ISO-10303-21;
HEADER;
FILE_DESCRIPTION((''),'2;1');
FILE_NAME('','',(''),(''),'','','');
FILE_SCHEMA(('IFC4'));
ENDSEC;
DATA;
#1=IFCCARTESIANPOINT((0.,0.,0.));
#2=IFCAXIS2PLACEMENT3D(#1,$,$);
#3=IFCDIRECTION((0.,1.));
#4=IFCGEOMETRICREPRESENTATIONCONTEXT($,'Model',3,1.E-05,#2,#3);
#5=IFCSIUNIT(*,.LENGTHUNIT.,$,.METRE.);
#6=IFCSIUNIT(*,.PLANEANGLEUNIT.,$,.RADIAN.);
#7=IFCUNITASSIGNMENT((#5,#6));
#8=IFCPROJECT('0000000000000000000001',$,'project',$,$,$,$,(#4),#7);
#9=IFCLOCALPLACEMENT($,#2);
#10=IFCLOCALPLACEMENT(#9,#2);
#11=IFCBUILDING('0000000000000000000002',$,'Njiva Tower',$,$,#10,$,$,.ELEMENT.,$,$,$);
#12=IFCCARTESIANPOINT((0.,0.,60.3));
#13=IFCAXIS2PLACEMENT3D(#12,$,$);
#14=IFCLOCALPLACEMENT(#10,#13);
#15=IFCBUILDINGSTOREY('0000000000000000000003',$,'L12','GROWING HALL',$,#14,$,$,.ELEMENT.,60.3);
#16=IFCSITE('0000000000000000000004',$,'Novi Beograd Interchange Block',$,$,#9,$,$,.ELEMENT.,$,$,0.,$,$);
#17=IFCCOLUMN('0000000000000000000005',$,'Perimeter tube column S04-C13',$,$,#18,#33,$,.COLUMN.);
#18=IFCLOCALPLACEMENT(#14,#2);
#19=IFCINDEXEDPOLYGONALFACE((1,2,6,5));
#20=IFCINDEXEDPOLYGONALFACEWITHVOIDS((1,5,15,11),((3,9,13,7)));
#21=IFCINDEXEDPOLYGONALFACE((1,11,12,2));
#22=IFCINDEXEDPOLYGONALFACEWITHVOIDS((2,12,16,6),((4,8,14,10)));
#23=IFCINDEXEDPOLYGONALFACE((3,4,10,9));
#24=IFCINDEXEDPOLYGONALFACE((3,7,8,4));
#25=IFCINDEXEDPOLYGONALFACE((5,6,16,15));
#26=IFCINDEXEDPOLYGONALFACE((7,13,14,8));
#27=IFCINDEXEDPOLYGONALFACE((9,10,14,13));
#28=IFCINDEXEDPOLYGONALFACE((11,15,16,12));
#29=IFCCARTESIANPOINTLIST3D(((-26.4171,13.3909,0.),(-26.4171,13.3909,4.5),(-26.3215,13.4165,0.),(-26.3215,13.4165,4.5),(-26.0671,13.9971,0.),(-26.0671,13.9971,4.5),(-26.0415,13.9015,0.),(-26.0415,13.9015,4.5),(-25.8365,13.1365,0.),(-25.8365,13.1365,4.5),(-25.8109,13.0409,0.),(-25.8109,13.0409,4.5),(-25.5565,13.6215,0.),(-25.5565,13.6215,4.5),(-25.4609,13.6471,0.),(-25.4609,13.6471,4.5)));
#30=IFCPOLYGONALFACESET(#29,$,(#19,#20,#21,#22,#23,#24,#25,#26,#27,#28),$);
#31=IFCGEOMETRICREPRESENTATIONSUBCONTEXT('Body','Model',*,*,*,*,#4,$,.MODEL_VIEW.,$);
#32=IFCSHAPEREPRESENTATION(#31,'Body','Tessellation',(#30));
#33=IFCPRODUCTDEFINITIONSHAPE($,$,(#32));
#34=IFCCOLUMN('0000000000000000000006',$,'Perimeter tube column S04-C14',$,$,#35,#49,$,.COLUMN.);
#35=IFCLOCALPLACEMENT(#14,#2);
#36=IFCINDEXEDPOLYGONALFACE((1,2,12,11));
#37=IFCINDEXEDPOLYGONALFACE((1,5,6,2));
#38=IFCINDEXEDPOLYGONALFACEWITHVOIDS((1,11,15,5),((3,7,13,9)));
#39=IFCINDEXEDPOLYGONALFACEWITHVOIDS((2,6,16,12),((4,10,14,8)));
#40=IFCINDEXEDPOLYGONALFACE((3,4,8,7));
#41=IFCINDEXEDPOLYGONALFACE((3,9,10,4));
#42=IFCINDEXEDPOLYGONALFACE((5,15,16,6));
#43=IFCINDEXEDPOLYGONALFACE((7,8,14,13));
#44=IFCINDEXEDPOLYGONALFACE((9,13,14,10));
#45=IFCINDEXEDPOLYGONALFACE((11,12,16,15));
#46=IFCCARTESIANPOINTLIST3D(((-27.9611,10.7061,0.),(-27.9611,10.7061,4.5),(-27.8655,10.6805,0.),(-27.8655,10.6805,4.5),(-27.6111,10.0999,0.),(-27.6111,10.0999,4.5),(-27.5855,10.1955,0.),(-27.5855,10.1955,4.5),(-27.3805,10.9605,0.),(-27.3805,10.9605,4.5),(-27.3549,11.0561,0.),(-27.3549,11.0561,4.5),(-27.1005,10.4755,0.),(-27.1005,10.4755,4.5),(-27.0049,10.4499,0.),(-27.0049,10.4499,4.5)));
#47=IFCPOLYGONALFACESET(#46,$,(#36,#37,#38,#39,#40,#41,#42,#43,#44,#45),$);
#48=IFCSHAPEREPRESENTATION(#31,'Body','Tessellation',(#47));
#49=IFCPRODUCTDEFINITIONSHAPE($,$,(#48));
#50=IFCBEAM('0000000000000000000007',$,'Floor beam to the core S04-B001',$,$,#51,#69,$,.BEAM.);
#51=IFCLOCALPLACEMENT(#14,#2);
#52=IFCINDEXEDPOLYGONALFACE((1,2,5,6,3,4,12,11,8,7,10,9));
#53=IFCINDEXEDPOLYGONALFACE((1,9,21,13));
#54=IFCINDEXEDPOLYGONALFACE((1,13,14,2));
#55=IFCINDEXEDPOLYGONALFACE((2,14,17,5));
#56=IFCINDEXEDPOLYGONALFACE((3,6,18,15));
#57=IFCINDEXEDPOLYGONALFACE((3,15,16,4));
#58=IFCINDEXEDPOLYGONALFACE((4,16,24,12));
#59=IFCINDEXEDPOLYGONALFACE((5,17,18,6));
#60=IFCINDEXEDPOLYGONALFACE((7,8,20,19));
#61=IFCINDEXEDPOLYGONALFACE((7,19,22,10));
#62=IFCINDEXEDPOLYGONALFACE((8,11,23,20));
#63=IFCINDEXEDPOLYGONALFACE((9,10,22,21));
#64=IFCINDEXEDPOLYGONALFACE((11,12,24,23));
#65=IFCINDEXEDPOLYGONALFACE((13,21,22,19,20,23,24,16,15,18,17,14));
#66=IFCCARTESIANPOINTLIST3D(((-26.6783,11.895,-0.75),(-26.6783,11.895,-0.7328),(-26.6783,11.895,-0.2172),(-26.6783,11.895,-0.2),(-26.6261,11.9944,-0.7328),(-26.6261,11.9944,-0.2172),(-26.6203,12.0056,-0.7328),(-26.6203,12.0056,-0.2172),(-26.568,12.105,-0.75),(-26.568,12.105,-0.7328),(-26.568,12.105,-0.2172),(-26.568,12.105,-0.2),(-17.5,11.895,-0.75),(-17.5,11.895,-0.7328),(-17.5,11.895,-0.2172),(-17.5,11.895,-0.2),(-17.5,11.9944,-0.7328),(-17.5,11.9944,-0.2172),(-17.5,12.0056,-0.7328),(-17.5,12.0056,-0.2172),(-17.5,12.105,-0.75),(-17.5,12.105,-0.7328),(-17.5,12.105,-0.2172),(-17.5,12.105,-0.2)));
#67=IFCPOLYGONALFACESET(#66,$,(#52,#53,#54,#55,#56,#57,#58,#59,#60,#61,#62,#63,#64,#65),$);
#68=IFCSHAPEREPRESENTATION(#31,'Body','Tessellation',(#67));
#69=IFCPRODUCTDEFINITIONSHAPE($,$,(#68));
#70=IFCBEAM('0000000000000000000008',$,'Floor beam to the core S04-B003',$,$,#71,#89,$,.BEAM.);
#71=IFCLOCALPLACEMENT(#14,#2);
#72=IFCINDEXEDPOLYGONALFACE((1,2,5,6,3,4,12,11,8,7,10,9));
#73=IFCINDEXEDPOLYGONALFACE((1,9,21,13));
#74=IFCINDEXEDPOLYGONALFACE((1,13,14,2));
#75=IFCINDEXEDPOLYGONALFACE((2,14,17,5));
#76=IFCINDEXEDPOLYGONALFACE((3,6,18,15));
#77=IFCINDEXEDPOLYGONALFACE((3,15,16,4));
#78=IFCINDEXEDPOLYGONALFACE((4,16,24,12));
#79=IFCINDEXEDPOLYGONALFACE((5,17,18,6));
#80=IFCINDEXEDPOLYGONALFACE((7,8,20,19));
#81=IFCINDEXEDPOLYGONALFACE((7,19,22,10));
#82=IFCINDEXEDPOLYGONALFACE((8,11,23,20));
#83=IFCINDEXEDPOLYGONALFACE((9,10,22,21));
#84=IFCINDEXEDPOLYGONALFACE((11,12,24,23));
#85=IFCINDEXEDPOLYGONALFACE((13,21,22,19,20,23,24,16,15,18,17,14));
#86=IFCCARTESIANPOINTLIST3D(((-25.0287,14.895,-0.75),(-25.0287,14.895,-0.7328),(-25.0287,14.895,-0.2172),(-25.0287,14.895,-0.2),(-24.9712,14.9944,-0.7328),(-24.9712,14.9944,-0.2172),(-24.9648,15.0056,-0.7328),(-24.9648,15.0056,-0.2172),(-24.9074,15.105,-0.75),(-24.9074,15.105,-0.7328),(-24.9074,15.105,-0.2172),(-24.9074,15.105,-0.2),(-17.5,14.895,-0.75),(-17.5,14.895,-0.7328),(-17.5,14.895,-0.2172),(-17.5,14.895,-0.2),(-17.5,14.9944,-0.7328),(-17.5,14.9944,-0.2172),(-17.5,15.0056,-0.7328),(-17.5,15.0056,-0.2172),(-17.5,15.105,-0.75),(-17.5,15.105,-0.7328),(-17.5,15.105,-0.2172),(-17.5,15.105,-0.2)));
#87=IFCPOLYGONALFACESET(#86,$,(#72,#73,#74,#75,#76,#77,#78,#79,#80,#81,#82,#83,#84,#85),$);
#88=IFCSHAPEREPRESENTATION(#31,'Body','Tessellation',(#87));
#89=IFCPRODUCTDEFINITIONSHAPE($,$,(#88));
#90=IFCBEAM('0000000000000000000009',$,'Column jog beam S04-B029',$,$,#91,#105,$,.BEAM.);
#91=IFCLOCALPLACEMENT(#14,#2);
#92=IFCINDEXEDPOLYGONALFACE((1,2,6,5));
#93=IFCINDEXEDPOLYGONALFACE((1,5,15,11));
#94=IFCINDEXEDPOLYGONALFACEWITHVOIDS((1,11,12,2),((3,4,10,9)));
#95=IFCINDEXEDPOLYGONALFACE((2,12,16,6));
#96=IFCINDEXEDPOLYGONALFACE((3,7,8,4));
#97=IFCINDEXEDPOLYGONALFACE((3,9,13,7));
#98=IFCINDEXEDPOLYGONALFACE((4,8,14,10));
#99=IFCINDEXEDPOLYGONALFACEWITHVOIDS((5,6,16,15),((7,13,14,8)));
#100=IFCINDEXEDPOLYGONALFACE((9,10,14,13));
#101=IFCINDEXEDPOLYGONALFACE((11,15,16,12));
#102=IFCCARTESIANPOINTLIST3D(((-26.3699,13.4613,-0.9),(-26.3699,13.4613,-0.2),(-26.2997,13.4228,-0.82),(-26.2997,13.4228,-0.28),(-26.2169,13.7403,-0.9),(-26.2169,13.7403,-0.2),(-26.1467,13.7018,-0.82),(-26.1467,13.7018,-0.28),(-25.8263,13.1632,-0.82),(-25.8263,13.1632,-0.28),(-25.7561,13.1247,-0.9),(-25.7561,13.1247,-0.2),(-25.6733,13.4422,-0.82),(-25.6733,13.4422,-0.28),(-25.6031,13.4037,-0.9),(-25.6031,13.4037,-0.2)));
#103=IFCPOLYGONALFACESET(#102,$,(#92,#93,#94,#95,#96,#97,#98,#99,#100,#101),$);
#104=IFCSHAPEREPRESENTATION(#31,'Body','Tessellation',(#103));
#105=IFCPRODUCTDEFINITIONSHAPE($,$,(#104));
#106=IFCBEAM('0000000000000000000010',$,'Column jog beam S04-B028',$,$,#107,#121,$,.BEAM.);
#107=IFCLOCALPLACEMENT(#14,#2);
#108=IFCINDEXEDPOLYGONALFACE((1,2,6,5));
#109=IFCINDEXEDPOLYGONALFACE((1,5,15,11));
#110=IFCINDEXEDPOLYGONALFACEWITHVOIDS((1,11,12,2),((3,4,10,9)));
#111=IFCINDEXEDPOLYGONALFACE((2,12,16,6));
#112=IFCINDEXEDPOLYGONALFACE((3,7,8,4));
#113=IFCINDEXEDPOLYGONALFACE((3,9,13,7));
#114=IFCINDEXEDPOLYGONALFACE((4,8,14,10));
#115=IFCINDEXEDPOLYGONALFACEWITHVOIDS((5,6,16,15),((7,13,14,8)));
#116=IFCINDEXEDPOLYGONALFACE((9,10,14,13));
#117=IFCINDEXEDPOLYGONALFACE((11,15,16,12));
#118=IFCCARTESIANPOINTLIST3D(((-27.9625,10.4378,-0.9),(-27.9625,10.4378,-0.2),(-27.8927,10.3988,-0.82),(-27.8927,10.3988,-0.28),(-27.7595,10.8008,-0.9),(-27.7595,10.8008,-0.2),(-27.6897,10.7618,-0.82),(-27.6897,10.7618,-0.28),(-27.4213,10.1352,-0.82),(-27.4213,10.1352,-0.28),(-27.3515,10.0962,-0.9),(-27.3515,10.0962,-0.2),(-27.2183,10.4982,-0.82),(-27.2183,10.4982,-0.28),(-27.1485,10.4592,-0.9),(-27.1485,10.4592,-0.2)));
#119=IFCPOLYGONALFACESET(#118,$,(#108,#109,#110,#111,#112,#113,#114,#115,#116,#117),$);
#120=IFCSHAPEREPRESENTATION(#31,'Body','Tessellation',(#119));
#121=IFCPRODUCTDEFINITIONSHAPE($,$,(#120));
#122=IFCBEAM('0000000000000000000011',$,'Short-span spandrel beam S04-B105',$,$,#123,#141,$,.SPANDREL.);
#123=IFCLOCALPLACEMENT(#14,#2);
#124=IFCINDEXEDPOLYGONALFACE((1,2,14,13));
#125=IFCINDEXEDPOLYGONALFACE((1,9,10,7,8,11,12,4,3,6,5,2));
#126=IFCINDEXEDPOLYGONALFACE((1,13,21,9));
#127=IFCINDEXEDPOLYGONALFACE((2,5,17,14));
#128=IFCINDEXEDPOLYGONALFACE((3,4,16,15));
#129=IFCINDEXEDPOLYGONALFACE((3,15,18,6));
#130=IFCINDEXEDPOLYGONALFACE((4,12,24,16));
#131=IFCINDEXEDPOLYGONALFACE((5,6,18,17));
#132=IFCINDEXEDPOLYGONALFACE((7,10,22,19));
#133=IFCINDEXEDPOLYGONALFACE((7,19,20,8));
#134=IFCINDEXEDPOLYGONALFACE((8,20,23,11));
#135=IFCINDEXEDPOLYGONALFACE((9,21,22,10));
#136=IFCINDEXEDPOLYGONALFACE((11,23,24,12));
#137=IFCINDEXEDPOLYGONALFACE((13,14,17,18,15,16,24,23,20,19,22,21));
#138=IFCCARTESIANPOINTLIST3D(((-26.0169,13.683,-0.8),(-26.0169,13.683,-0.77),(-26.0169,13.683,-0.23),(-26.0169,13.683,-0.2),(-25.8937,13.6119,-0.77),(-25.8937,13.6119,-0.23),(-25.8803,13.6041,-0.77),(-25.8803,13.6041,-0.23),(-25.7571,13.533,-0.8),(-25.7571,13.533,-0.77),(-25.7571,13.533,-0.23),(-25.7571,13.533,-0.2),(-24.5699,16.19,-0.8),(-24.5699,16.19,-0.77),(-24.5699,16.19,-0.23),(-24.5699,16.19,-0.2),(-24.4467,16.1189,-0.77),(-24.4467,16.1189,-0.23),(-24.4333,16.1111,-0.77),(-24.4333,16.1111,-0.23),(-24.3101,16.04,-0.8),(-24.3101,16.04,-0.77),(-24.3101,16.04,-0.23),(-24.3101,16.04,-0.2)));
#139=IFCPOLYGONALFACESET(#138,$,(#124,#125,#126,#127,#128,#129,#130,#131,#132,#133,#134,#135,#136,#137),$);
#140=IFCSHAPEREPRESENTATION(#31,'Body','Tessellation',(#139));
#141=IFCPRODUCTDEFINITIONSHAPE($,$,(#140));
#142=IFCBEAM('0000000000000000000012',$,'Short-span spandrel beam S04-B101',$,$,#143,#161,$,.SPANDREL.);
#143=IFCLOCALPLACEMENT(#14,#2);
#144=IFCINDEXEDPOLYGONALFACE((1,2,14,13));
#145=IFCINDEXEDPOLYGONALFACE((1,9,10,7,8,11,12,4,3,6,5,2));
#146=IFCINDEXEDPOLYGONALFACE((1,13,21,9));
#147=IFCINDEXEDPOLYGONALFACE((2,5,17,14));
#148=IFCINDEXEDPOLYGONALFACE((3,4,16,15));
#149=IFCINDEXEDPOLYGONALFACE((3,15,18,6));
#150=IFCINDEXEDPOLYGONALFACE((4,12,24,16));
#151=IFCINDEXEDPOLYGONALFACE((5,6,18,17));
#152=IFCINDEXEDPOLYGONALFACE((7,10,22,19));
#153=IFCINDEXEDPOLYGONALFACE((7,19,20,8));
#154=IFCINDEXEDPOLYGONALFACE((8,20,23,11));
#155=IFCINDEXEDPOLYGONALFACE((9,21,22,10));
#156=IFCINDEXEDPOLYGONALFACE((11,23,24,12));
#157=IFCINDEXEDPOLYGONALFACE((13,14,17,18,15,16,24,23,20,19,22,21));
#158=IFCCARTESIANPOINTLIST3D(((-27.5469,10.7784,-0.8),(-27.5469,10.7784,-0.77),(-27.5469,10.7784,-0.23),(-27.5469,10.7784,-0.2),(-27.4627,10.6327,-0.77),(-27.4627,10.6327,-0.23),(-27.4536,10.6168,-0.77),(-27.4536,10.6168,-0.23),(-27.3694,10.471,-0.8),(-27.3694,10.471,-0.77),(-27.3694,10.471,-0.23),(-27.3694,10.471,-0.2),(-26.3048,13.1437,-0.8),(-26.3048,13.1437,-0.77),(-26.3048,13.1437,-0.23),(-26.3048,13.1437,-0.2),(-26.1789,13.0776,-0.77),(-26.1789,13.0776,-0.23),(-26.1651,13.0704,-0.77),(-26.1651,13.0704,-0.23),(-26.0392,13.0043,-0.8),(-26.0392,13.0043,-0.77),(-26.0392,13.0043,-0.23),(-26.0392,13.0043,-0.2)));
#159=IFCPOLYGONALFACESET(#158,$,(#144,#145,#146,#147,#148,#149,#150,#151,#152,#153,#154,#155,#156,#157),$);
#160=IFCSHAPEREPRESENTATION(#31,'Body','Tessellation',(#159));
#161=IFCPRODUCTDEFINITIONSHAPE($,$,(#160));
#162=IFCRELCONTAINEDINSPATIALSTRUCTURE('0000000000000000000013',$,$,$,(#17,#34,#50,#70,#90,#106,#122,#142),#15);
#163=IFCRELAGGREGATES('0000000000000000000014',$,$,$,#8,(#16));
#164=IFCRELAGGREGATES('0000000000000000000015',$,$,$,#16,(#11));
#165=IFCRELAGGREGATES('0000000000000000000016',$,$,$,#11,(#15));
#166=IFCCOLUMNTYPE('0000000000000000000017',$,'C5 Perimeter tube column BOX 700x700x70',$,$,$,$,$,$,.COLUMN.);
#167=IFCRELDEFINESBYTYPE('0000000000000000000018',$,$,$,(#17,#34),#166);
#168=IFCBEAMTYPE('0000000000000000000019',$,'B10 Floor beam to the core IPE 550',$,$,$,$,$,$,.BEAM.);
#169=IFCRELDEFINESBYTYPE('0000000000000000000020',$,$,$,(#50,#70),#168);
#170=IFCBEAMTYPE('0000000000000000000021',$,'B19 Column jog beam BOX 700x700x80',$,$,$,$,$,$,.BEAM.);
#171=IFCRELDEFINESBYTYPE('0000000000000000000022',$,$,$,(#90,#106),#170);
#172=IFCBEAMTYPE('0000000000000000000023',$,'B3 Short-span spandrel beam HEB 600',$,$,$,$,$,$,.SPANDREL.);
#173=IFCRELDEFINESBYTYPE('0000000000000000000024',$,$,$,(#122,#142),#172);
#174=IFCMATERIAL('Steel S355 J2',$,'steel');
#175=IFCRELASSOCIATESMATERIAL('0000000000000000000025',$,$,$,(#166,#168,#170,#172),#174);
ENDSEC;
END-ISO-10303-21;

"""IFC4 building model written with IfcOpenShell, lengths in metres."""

from ifc_helpers import new_model, si_unit, direction, frame, origin, origin_2d, place, context, subcontext, project, spatial, hollow_rectangle, i_section, extrude, clip, halfspace, material, material_profile, profile_set, type_object, element, save


model = new_model("IFC4")

# Units and contexts
model_context = context("Model", 3, precision=1e-05, world=origin(), true_north=direction((0.0, 1.0)))
body_context = subcontext(model_context, "Body", "Model", "MODEL_VIEW")
ifc_project = project(units=[si_unit("LENGTHUNIT", "METRE"), si_unit("PLANEANGLEUNIT", "RADIAN")], contexts=[model_context])

# Site, building, storey
site_placement = place(None, origin())
site = spatial("IfcSite", under=ifc_project, at=site_placement, Name="Novi Beograd Interchange Block", CompositionType="ELEMENT", RefElevation=0.0)
building_placement = place(site_placement, origin())
building = spatial("IfcBuilding", under=site, at=building_placement, Name="Njiva Tower", CompositionType="ELEMENT")
storey_placement = place(building_placement, frame((0.0, 0.0, 60.3)))
storey = spatial("IfcBuildingStorey", under=building, at=storey_placement, Name="L12", Description="GROWING HALL", CompositionType="ELEMENT", Elevation=60.3)

# Columns
ifc_material_1 = material(Name="Steel S355 J2", Category="steel")
ifc_material_profile_1 = material_profile(ifc_material_1, hollow_rectangle(XDim=0.7, YDim=0.7, WallThickness=0.07, at=origin_2d()), Name="BOX 700x700x70")
ifc_profile_set_1 = profile_set([ifc_material_profile_1], Name="Steel S355 J2")
column_type = type_object("IfcColumnType", Name="C5 Perimeter tube column BOX 700x700x70", PredefinedType="COLUMN", material=ifc_profile_set_1)
for number, where, z_axis, x_axis, name in (
    (1, (-25.939, 13.519, 0.0), (0.0, 0.0, 1.0), (-0.5, -0.866025, 0.0), "Perimeter tube column S04-C13"),
    (2, (-27.483, 10.578, 0.0), (0.0, 0.0, 1.0), (0.5, -0.866025, 0.0), "Perimeter tube column S04-C14"),
):
    element("IfcColumn", number, at=place(storey_placement, frame(where, z_axis=z_axis, x_axis=x_axis)), inside=storey, type_object=column_type, Name=name, PredefinedType="COLUMN", context=body_context, shape_type="SweptSolid", body=[
        extrude(hollow_rectangle(XDim=0.7, YDim=0.7, WallThickness=0.07, at=origin_2d()), origin(), (0.0, 0.0, 1.0), 4.5),
    ])

# Beams
ifc_material_profile_2 = material_profile(ifc_material_1, i_section(OverallWidth=0.21, OverallDepth=0.55, WebThickness=0.0111, FlangeThickness=0.0172, at=origin_2d()), Name="IPE 550")
ifc_profile_set_2 = profile_set([ifc_material_profile_2], Name="Steel S355 J2")
beam_type_1 = type_object("IfcBeamType", Name="B10 Floor beam to the core IPE 550", PredefinedType="BEAM", material=ifc_profile_set_2)
beam_1_placement = place(storey_placement, frame((-26.698, 12.0, -0.475), z_axis=(1.0, 0.0, 0.0), x_axis=(0.0, 1.0, 0.0)))
element("IfcBeam", 3, at=beam_1_placement, inside=storey, type_object=beam_type_1, Name="Floor beam to the core S04-B001", PredefinedType="BEAM", context=body_context, shape_type="Clipping", body=[
    clip(extrude(i_section(OverallWidth=0.21, OverallDepth=0.55, WebThickness=0.0111, FlangeThickness=0.0172, at=origin_2d()), origin(), (0.0, 0.0, 1.0), 9.198), halfspace(frame((0.0232, 0.0, 0.087), z_axis=(0.464889, 0.0, -0.885369), x_axis=(0.0, -1.0, 0.0)), False)),
])
beam_2_placement = place(storey_placement, frame((-25.049, 15.0, -0.475), z_axis=(1.0, 0.0, 0.0), x_axis=(0.0, 1.0, 0.0)))
element("IfcBeam", 4, at=beam_2_placement, inside=storey, type_object=beam_type_1, Name="Floor beam to the core S04-B003", PredefinedType="BEAM", context=body_context, shape_type="Clipping", body=[
    clip(extrude(i_section(OverallWidth=0.21, OverallDepth=0.55, WebThickness=0.0111, FlangeThickness=0.0172, at=origin_2d()), origin(), (0.0, 0.0, 1.0), 7.549), halfspace(frame((0.025, 0.0, 0.0954), z_axis=(0.499998, 0.0, -0.866027), x_axis=(0.0, -1.0, 0.0)), False)),
])
ifc_material_profile_3 = material_profile(ifc_material_1, hollow_rectangle(XDim=0.7, YDim=0.7, WallThickness=0.08, at=origin_2d()), Name="BOX 700x700x80")
ifc_profile_set_3 = profile_set([ifc_material_profile_3], Name="Steel S355 J2")
beam_type_2 = type_object("IfcBeamType", Name="B19 Column jog beam BOX 700x700x80", PredefinedType="BEAM", material=ifc_profile_set_3)
beam_3_placement = place(storey_placement, frame((-26.063, 13.293, -0.55), z_axis=(0.480833, 0.876812, 0.0), x_axis=(-0.876812, 0.480833, 0.0)))
element("IfcBeam", 5, at=beam_3_placement, inside=storey, type_object=beam_type_2, Name="Column jog beam S04-B029", PredefinedType="BEAM", context=body_context, shape_type="SweptSolid", body=[
    extrude(hollow_rectangle(XDim=0.7, YDim=0.7, WallThickness=0.08, at=origin_2d()), origin(), (0.0, 0.0, 1.0), 0.3182),
])
beam_4_placement = place(storey_placement, frame((-27.657, 10.267, -0.55), z_axis=(0.488091, 0.872793, 0.0), x_axis=(-0.872793, 0.488091, 0.0)))
element("IfcBeam", 6, at=beam_4_placement, inside=storey, type_object=beam_type_2, Name="Column jog beam S04-B028", PredefinedType="BEAM", context=body_context, shape_type="SweptSolid", body=[
    extrude(hollow_rectangle(XDim=0.7, YDim=0.7, WallThickness=0.08, at=origin_2d()), origin(), (0.0, 0.0, 1.0), 0.4159),
])
ifc_material_profile_4 = material_profile(ifc_material_1, i_section(OverallWidth=0.3, OverallDepth=0.6, WebThickness=0.0155, FlangeThickness=0.03, at=origin_2d()), Name="HEB 600")
ifc_profile_set_4 = profile_set([ifc_material_profile_4], Name="Steel S355 J2")
beam_type_3 = type_object("IfcBeamType", Name="B3 Short-span spandrel beam HEB 600", PredefinedType="SPANDREL", material=ifc_profile_set_4)
beam_5_placement = place(storey_placement, frame((-24.44, 16.115, -0.5), z_axis=(-0.499892, -0.866088, 0.0), x_axis=(0.866088, -0.499892, 0.0)))
element("IfcBeam", 7, at=beam_5_placement, inside=storey, type_object=beam_type_3, Name="Short-span spandrel beam S04-B105", PredefinedType="SPANDREL", context=body_context, shape_type="SweptSolid", body=[
    extrude(i_section(OverallWidth=0.3, OverallDepth=0.6, WebThickness=0.0155, FlangeThickness=0.03, at=origin_2d()), origin(), (0.0, 0.0, 1.0), 2.8946),
])
beam_6_placement = place(storey_placement, frame((-26.172, 13.074, -0.5), z_axis=(-0.464912, -0.885357, 0.0), x_axis=(0.885357, -0.464912, 0.0)))
element("IfcBeam", 8, at=beam_6_placement, inside=storey, type_object=beam_type_3, Name="Short-span spandrel beam S04-B101", PredefinedType="SPANDREL", context=body_context, shape_type="Clipping", body=[
    clip(extrude(i_section(OverallWidth=0.3, OverallDepth=0.6, WebThickness=0.0155, FlangeThickness=0.03, at=origin_2d()), origin(), (0.0, 0.0, 1.0), 2.8811), halfspace(frame((-0.0268, 0.0, 2.7495), z_axis=(-0.534288, 0.0, 0.845303), x_axis=(0.0, 1.0, 0.0)), False)),
])

save(model, "model.ifc")
